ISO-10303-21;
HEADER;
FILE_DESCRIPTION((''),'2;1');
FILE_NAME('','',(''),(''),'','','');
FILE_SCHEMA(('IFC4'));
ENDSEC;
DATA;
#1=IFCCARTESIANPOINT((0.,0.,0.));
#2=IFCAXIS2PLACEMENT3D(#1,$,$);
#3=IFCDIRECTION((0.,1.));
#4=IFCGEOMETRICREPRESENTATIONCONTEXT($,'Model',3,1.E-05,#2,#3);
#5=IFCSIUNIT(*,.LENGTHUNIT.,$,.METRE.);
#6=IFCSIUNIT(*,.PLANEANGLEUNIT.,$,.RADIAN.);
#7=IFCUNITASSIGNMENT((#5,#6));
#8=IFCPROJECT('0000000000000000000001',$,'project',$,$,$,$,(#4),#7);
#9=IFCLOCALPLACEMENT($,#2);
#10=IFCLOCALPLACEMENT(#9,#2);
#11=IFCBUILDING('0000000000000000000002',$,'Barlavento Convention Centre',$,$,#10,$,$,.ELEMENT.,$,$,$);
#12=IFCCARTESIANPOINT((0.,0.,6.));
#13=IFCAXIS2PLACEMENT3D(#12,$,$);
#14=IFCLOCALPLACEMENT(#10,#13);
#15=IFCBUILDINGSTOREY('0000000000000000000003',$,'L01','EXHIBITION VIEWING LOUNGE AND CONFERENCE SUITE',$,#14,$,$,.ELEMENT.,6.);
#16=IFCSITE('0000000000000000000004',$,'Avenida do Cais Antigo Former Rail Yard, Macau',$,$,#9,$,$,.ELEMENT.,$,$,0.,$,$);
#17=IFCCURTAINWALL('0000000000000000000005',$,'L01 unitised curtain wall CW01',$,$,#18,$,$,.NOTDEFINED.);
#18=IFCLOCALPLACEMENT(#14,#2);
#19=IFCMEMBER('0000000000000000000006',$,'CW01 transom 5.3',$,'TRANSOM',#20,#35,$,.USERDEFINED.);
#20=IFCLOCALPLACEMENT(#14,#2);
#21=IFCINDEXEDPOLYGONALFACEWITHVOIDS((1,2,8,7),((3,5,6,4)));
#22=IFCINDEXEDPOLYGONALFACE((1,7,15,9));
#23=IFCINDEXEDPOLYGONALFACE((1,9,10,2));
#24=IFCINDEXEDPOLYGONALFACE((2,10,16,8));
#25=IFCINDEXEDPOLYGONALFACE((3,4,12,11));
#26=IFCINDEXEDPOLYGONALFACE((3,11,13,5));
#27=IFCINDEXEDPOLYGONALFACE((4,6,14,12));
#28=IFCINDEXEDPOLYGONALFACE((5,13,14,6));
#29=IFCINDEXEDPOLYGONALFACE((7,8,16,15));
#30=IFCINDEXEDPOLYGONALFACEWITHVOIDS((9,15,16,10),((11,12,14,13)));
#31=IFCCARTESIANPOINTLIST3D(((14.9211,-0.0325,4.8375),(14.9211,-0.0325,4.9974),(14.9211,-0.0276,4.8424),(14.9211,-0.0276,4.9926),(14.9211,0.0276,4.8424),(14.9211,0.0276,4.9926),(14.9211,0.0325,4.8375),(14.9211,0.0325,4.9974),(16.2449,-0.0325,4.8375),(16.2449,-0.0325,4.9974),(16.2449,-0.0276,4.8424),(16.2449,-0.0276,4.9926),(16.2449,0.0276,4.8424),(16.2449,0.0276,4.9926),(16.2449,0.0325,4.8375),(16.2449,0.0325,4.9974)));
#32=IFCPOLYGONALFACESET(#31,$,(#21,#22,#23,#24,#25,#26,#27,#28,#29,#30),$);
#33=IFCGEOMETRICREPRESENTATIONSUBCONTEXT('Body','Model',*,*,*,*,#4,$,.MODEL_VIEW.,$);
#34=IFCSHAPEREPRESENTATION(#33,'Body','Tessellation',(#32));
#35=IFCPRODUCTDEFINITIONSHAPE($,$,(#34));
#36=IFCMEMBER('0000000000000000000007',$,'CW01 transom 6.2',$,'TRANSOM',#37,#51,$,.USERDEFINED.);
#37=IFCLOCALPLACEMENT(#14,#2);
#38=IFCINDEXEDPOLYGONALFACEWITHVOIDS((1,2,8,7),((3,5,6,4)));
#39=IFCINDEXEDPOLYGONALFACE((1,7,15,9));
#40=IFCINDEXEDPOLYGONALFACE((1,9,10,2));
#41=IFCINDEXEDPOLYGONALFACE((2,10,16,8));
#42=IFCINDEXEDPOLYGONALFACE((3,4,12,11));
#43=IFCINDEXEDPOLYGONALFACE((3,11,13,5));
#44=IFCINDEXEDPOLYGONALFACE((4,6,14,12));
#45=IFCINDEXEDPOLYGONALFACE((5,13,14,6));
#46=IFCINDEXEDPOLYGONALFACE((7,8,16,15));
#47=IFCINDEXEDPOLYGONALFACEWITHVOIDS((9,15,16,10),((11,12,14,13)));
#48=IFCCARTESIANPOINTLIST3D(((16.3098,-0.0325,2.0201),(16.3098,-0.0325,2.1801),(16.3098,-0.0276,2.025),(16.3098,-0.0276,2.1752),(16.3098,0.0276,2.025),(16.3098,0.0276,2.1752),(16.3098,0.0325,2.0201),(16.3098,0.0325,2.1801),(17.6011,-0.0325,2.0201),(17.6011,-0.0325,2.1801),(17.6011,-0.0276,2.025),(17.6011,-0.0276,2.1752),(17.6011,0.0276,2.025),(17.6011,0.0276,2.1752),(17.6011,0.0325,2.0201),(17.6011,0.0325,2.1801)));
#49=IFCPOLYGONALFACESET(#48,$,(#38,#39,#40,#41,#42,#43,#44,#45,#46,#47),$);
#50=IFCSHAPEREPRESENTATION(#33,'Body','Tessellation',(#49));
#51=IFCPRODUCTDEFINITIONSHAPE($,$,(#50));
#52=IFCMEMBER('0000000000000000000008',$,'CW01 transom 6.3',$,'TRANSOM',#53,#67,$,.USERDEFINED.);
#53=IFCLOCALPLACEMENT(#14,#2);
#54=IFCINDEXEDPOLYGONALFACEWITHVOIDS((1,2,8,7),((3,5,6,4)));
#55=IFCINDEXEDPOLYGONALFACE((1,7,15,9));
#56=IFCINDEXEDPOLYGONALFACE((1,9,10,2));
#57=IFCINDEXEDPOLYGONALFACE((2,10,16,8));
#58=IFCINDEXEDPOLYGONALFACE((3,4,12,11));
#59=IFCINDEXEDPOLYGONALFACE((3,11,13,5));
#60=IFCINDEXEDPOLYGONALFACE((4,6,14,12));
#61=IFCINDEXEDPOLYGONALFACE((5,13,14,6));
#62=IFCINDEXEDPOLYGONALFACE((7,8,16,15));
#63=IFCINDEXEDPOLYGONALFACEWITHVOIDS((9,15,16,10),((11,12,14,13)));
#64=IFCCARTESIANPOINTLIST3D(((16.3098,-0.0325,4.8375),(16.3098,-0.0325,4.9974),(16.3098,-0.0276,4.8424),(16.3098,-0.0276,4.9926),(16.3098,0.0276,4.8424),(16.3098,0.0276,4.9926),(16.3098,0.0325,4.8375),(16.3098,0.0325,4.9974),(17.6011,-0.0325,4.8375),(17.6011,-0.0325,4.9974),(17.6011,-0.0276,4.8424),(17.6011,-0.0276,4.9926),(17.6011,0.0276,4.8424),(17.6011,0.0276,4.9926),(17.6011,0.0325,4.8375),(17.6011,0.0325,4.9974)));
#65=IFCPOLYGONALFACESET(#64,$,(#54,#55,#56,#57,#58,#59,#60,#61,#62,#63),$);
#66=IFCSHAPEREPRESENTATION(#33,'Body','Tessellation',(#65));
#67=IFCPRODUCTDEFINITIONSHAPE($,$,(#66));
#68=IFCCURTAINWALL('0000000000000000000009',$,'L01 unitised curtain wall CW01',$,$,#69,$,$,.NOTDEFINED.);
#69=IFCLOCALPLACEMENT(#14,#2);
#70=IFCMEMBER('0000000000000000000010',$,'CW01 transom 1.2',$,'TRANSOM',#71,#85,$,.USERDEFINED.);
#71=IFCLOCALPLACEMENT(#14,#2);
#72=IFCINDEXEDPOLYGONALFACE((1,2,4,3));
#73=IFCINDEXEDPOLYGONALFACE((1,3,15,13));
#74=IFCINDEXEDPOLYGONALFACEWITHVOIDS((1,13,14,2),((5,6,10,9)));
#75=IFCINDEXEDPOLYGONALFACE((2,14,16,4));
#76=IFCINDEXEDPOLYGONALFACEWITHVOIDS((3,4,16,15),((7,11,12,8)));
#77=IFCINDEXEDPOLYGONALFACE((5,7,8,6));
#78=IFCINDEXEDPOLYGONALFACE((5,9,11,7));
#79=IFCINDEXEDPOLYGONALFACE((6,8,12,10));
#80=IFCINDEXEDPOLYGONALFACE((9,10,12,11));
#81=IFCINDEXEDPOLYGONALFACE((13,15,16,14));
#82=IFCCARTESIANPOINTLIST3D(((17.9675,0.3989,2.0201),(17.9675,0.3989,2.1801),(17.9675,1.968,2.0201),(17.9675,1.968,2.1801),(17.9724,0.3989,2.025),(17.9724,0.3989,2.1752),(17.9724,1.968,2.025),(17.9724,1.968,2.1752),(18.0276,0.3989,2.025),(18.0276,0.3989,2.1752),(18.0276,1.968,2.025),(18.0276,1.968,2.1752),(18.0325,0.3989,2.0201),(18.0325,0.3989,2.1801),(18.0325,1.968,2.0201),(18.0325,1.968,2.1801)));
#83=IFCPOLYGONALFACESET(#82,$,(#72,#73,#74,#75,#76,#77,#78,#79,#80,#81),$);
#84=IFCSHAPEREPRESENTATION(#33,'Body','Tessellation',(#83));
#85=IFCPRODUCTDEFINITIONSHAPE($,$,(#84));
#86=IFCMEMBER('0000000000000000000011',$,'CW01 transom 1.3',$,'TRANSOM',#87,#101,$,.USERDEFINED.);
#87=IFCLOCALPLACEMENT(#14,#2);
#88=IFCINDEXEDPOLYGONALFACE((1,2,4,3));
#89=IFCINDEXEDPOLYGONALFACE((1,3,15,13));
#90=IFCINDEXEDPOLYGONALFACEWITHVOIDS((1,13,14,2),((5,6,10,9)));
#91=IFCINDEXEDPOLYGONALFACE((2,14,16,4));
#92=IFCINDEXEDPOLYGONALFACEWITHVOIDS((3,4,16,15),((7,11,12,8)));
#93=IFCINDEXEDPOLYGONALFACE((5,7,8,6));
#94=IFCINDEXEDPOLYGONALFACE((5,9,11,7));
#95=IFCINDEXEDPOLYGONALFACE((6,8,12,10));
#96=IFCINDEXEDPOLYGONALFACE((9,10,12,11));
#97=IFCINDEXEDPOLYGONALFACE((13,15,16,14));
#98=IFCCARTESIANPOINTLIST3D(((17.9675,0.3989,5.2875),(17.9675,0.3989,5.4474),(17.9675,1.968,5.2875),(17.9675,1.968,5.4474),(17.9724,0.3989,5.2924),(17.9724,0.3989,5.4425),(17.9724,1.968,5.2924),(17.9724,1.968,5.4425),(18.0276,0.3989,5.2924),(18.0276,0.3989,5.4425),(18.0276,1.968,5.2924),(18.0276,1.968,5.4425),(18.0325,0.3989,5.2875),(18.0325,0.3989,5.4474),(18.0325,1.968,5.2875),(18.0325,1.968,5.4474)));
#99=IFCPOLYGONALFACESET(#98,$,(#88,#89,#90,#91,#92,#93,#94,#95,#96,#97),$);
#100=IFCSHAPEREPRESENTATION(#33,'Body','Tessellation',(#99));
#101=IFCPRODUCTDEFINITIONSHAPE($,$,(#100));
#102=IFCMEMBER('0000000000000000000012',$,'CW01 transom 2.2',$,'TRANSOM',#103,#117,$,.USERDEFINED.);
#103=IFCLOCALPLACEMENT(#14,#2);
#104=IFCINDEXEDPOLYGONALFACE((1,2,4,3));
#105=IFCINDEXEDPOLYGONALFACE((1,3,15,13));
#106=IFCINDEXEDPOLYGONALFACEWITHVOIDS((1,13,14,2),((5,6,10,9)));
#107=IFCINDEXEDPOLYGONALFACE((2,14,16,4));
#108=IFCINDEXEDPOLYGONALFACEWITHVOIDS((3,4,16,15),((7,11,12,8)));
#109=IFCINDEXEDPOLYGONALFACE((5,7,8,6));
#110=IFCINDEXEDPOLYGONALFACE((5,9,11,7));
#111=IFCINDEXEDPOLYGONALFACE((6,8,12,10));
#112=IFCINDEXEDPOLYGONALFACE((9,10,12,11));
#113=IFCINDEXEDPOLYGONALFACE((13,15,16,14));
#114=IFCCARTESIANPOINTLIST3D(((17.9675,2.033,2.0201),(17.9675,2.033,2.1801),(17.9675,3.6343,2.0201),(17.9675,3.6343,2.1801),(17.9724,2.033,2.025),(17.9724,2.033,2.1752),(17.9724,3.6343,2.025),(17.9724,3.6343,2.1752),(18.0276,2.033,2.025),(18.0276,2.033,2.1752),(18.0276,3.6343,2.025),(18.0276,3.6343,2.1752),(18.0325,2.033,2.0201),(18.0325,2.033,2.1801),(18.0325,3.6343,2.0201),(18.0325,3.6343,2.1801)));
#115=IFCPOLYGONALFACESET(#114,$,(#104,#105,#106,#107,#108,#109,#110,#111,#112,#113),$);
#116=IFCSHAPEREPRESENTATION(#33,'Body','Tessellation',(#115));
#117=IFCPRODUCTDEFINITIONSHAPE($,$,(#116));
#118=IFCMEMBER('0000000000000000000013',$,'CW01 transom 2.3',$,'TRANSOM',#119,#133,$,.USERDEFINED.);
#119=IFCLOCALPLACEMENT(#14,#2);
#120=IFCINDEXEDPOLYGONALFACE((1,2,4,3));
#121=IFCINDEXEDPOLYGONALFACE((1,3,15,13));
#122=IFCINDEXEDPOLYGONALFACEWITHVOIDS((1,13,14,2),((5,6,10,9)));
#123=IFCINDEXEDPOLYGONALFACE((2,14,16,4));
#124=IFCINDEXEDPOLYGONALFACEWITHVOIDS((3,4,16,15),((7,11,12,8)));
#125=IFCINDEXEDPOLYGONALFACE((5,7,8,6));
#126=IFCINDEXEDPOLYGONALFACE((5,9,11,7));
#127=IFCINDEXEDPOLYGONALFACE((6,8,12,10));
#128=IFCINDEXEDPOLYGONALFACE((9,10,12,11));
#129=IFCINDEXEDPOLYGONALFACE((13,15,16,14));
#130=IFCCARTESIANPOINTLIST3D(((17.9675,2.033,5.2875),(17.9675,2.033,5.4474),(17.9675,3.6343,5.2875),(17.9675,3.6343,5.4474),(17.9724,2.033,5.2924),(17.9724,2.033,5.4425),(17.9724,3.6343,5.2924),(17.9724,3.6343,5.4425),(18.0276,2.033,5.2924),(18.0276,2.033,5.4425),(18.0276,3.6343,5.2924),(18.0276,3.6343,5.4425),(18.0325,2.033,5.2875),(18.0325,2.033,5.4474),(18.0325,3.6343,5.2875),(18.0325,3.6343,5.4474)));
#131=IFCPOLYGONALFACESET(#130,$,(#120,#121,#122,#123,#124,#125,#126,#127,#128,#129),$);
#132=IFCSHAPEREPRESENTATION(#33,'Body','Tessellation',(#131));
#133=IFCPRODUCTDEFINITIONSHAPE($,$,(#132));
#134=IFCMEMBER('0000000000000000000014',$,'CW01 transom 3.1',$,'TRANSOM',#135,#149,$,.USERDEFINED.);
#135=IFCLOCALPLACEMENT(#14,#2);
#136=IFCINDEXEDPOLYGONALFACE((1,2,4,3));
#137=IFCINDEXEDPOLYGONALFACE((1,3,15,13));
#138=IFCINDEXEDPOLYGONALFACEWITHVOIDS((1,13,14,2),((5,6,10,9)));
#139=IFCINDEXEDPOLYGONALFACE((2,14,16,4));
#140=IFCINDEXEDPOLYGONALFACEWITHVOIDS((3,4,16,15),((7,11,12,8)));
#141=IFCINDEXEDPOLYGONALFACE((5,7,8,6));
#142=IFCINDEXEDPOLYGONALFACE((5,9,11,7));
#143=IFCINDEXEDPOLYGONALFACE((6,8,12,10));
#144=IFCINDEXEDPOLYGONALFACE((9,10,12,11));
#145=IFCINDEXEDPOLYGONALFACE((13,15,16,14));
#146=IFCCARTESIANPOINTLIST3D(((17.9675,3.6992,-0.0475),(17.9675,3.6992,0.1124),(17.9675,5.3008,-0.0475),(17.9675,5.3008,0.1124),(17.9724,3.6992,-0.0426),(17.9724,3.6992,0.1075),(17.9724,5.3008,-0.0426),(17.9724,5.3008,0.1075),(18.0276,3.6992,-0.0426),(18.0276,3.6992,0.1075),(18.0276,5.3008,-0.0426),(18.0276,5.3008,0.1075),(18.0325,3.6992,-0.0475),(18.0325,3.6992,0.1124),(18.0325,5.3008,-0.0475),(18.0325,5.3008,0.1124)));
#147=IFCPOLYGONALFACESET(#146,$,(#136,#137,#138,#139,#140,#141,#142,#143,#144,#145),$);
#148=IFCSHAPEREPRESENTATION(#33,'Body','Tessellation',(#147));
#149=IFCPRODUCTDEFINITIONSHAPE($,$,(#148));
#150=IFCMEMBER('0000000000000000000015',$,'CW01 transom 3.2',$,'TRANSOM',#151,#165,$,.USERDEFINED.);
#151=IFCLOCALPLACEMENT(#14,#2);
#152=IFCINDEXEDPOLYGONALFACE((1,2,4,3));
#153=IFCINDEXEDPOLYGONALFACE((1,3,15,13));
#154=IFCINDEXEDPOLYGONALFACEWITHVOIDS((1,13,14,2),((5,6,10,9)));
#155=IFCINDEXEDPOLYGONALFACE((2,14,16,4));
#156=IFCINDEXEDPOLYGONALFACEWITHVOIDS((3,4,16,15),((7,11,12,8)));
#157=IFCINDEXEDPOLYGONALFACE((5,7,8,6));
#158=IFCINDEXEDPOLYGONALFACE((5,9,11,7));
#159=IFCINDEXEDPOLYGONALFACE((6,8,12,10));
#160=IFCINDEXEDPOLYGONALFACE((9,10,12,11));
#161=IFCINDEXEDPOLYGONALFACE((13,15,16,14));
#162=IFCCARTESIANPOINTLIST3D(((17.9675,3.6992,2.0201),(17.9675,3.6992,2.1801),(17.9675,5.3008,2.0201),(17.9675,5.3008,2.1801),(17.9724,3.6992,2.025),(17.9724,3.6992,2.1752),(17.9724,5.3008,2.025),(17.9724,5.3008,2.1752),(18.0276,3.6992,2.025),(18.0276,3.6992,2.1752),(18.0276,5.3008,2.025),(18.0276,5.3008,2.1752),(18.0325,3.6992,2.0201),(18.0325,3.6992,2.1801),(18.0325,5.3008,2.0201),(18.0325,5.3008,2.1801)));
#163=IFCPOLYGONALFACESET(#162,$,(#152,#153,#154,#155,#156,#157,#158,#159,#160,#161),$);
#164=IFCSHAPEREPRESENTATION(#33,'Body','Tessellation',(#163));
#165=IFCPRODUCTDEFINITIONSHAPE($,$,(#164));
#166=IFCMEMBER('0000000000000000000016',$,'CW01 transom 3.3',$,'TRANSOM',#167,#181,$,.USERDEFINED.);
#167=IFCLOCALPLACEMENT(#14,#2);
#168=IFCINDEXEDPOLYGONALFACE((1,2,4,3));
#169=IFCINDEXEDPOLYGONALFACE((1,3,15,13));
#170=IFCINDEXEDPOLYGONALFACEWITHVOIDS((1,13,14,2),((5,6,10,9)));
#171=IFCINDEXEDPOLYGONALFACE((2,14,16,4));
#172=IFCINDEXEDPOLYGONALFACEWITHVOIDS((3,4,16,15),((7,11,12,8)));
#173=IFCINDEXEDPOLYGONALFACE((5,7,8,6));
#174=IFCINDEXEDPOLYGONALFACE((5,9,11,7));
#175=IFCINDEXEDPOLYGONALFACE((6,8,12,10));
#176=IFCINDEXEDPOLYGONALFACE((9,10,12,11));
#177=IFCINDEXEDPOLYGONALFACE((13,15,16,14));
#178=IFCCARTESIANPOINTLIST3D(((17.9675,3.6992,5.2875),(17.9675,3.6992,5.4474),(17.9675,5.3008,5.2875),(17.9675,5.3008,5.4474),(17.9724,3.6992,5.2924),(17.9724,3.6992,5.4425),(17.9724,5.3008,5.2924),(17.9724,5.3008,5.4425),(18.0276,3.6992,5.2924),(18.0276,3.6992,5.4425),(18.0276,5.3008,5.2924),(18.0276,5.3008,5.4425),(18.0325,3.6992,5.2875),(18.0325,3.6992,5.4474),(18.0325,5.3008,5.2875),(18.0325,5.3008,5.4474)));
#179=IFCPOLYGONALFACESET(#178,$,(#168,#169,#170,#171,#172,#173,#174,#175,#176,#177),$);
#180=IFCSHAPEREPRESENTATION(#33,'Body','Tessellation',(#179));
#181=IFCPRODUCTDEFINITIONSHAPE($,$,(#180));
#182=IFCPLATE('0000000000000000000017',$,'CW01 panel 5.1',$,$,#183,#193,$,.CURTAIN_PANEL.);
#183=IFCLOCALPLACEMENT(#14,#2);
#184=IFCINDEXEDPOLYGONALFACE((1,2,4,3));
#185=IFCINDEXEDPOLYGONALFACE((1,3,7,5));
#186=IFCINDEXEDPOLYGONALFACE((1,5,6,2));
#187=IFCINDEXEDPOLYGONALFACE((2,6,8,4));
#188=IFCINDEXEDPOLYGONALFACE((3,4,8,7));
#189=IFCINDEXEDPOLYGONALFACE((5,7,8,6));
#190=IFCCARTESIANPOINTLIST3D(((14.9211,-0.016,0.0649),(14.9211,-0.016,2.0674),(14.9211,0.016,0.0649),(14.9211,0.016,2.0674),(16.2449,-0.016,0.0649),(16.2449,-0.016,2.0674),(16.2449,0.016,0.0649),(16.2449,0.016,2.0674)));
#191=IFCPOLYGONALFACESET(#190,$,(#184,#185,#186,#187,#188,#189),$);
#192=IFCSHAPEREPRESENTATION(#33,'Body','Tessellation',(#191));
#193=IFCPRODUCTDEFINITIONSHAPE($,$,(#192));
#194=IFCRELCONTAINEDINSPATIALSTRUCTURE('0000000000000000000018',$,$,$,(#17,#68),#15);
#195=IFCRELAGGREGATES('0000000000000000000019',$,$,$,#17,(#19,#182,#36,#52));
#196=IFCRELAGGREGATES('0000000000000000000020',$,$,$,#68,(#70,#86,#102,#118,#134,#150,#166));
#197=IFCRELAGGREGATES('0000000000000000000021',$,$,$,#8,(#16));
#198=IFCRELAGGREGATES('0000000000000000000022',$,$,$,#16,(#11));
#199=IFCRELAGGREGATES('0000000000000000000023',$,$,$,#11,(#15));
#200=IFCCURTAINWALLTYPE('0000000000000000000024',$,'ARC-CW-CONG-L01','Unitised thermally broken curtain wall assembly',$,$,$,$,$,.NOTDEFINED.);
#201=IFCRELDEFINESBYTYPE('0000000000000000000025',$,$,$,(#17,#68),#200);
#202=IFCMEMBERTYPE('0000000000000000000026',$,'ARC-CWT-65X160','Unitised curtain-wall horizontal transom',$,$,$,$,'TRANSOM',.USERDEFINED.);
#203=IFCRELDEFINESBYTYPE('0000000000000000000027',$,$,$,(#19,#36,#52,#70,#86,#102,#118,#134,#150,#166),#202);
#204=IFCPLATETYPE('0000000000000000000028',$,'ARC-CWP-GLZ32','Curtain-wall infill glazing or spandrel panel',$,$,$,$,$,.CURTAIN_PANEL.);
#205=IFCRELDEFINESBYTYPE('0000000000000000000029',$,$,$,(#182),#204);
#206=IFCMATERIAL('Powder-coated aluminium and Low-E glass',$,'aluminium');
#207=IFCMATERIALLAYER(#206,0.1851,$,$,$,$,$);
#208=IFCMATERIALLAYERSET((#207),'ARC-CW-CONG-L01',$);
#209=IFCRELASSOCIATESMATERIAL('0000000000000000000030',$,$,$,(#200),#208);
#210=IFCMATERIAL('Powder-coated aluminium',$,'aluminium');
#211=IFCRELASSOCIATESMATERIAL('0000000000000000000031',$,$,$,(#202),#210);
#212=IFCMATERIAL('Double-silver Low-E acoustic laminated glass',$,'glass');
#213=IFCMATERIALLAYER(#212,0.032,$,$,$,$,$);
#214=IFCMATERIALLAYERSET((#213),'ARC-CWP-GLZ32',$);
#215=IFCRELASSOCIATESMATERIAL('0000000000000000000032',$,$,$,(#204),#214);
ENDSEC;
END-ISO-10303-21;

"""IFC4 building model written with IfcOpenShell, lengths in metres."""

from ifc_helpers import new_model, si_unit, direction, frame, origin, origin_2d, place, context, subcontext, project, spatial, rectangle, hollow_rectangle, extrude, material, layer, layer_set, material_profile, profile_set, type_object, element, aggregate, save


model = new_model("IFC4")

# Units and contexts
model_context = context("Model", 3, precision=1e-05, world=origin(), true_north=direction((0.0, 1.0)))
body_context = subcontext(model_context, "Body", "Model", "MODEL_VIEW")
ifc_project = project(units=[si_unit("LENGTHUNIT", "METRE"), si_unit("PLANEANGLEUNIT", "RADIAN")], contexts=[model_context])

# Site, building, storey
site_placement = place(None, origin())
site = spatial("IfcSite", under=ifc_project, at=site_placement, Name="Avenida do Cais Antigo Former Rail Yard, Macau", CompositionType="ELEMENT", RefElevation=0.0)
building_placement = place(site_placement, origin())
building = spatial("IfcBuilding", under=site, at=building_placement, Name="Barlavento Convention Centre", CompositionType="ELEMENT")
storey_placement = place(building_placement, frame((0.0, 0.0, 6.0)))
storey = spatial("IfcBuildingStorey", under=building, at=storey_placement, Name="L01", Description="EXHIBITION VIEWING LOUNGE AND CONFERENCE SUITE", CompositionType="ELEMENT", Elevation=6.0)

# Curtain walls, members
ifc_material_1 = material(Name="Powder-coated aluminium and Low-E glass", Category="aluminium")
ifc_layer_1 = layer(ifc_material_1, 0.1851)
ifc_layer_set_1 = layer_set([ifc_layer_1], Name="ARC-CW-CONG-L01")
curtain_wall_type = type_object("IfcCurtainWallType", Name="ARC-CW-CONG-L01", Description="Unitised thermally broken curtain wall assembly", PredefinedType="NOTDEFINED", material=ifc_layer_set_1)
curtain_wall_1_placement = place(storey_placement, origin())
curtain_wall_1 = element("IfcCurtainWall", 1, at=curtain_wall_1_placement, inside=storey, type_object=curtain_wall_type, Name="L01 unitised curtain wall CW01", PredefinedType="NOTDEFINED")
ifc_material_2 = material(Name="Powder-coated aluminium", Category="aluminium")
ifc_material_profile = material_profile(ifc_material_2, hollow_rectangle(XDim=0.0649, YDim=0.1599, WallThickness=0.0049, at=origin_2d()), Name="AL-TRAN 65x160x5")
ifc_profile_set = profile_set([ifc_material_profile], Name="Powder-coated aluminium")
member_type = type_object("IfcMemberType", Name="ARC-CWT-65X160", Description="Unitised curtain-wall horizontal transom", ElementType="TRANSOM", PredefinedType="USERDEFINED", material=ifc_profile_set)
member_1_placement = place(storey_placement, frame((14.9211, 0.0, 4.9175), z_axis=(1.0, 0.0, 0.0), x_axis=(0.0, 1.0, 0.0)))
member_1 = element("IfcMember", 2, at=member_1_placement, type_object=member_type, Name="CW01 transom 5.3", ObjectType="TRANSOM", PredefinedType="USERDEFINED", context=body_context, shape_type="SweptSolid", body=[
    extrude(hollow_rectangle(XDim=0.0649, YDim=0.1599, WallThickness=0.0049, at=origin_2d()), origin(), (0.0, 0.0, 1.0), 1.3237),
])
member_2_placement = place(storey_placement, frame((16.3098, 0.0, 2.1001), z_axis=(1.0, 0.0, 0.0), x_axis=(0.0, 1.0, 0.0)))
member_2 = element("IfcMember", 3, at=member_2_placement, type_object=member_type, Name="CW01 transom 6.2", ObjectType="TRANSOM", PredefinedType="USERDEFINED", context=body_context, shape_type="SweptSolid", body=[
    extrude(hollow_rectangle(XDim=0.0649, YDim=0.1599, WallThickness=0.0049, at=origin_2d()), origin(), (0.0, 0.0, 1.0), 1.2913),
])
member_3_placement = place(storey_placement, frame((16.3098, 0.0, 4.9175), z_axis=(1.0, 0.0, 0.0), x_axis=(0.0, 1.0, 0.0)))
member_3 = element("IfcMember", 4, at=member_3_placement, type_object=member_type, Name="CW01 transom 6.3", ObjectType="TRANSOM", PredefinedType="USERDEFINED", context=body_context, shape_type="SweptSolid", body=[
    extrude(hollow_rectangle(XDim=0.0649, YDim=0.1599, WallThickness=0.0049, at=origin_2d()), origin(), (0.0, 0.0, 1.0), 1.2913),
])
curtain_wall_2_placement = place(storey_placement, origin())
curtain_wall_2 = element("IfcCurtainWall", 5, at=curtain_wall_2_placement, inside=storey, type_object=curtain_wall_type, Name="L01 unitised curtain wall CW01", PredefinedType="NOTDEFINED")
member_4_placement = place(storey_placement, frame((18.0, 0.3989, 2.1001), z_axis=(0.0, 1.0, 0.0), x_axis=(-1.0, 0.0, 0.0)))
member_4 = element("IfcMember", 6, at=member_4_placement, type_object=member_type, Name="CW01 transom 1.2", ObjectType="TRANSOM", PredefinedType="USERDEFINED", context=body_context, shape_type="SweptSolid", body=[
    extrude(hollow_rectangle(XDim=0.0649, YDim=0.1599, WallThickness=0.0049, at=origin_2d()), origin(), (0.0, 0.0, 1.0), 1.5691),
])
member_5_placement = place(storey_placement, frame((18.0, 0.3989, 5.3674), z_axis=(0.0, 1.0, 0.0), x_axis=(-1.0, 0.0, 0.0)))
member_5 = element("IfcMember", 7, at=member_5_placement, type_object=member_type, Name="CW01 transom 1.3", ObjectType="TRANSOM", PredefinedType="USERDEFINED", context=body_context, shape_type="SweptSolid", body=[
    extrude(hollow_rectangle(XDim=0.0649, YDim=0.1599, WallThickness=0.0049, at=origin_2d()), origin(), (0.0, 0.0, 1.0), 1.5691),
])
member_6_placement = place(storey_placement, frame((18.0, 2.033, 2.1001), z_axis=(0.0, 1.0, 0.0), x_axis=(-1.0, 0.0, 0.0)))
member_6 = element("IfcMember", 8, at=member_6_placement, type_object=member_type, Name="CW01 transom 2.2", ObjectType="TRANSOM", PredefinedType="USERDEFINED", context=body_context, shape_type="SweptSolid", body=[
    extrude(hollow_rectangle(XDim=0.0649, YDim=0.1599, WallThickness=0.0049, at=origin_2d()), origin(), (0.0, 0.0, 1.0), 1.6013),
])
member_7_placement = place(storey_placement, frame((18.0, 2.033, 5.3674), z_axis=(0.0, 1.0, 0.0), x_axis=(-1.0, 0.0, 0.0)))
member_7 = element("IfcMember", 9, at=member_7_placement, type_object=member_type, Name="CW01 transom 2.3", ObjectType="TRANSOM", PredefinedType="USERDEFINED", context=body_context, shape_type="SweptSolid", body=[
    extrude(hollow_rectangle(XDim=0.0649, YDim=0.1599, WallThickness=0.0049, at=origin_2d()), origin(), (0.0, 0.0, 1.0), 1.6013),
])
member_8_placement = place(storey_placement, frame((18.0, 3.6992, 0.0325), z_axis=(0.0, 1.0, 0.0), x_axis=(-1.0, 0.0, 0.0)))
member_8 = element("IfcMember", 10, at=member_8_placement, type_object=member_type, Name="CW01 transom 3.1", ObjectType="TRANSOM", PredefinedType="USERDEFINED", context=body_context, shape_type="SweptSolid", body=[
    extrude(hollow_rectangle(XDim=0.0649, YDim=0.1599, WallThickness=0.0049, at=origin_2d()), origin(), (0.0, 0.0, 1.0), 1.6016),
])
member_9_placement = place(storey_placement, frame((18.0, 3.6992, 2.1001), z_axis=(0.0, 1.0, 0.0), x_axis=(-1.0, 0.0, 0.0)))
member_9 = element("IfcMember", 11, at=member_9_placement, type_object=member_type, Name="CW01 transom 3.2", ObjectType="TRANSOM", PredefinedType="USERDEFINED", context=body_context, shape_type="SweptSolid", body=[
    extrude(hollow_rectangle(XDim=0.0649, YDim=0.1599, WallThickness=0.0049, at=origin_2d()), origin(), (0.0, 0.0, 1.0), 1.6016),
])
member_10_placement = place(storey_placement, frame((18.0, 3.6992, 5.3674), z_axis=(0.0, 1.0, 0.0), x_axis=(-1.0, 0.0, 0.0)))
member_10 = element("IfcMember", 12, at=member_10_placement, type_object=member_type, Name="CW01 transom 3.3", ObjectType="TRANSOM", PredefinedType="USERDEFINED", context=body_context, shape_type="SweptSolid", body=[
    extrude(hollow_rectangle(XDim=0.0649, YDim=0.1599, WallThickness=0.0049, at=origin_2d()), origin(), (0.0, 0.0, 1.0), 1.6016),
])

# Plate
ifc_material_3 = material(Name="Double-silver Low-E acoustic laminated glass", Category="glass")
ifc_layer_2 = layer(ifc_material_3, 0.032)
ifc_layer_set_2 = layer_set([ifc_layer_2], Name="ARC-CWP-GLZ32")
plate_type_1 = type_object("IfcPlateType", Name="ARC-CWP-GLZ32", Description="Curtain-wall infill glazing or spandrel panel", PredefinedType="CURTAIN_PANEL", material=ifc_layer_set_2)
plate_1_placement = place(storey_placement, frame((15.583, 0.0, 0.0649), z_axis=(0.0, 0.0, 1.0), x_axis=(1.0, 0.0, 0.0)))
plate_1 = element("IfcPlate", 13, at=plate_1_placement, type_object=plate_type_1, Name="CW01 panel 5.1", PredefinedType="CURTAIN_PANEL", context=body_context, shape_type="SweptSolid", body=[
    extrude(rectangle(XDim=1.3237, YDim=0.032, at=origin_2d()), origin(), (0.0, 0.0, 1.0), 2.0024),
])
aggregate(curtain_wall_1, [member_1, plate_1, member_2, member_3])
aggregate(curtain_wall_2, [member_4, member_5, member_6, member_7, member_8, member_9, member_10])

save(model, "model.ifc")
